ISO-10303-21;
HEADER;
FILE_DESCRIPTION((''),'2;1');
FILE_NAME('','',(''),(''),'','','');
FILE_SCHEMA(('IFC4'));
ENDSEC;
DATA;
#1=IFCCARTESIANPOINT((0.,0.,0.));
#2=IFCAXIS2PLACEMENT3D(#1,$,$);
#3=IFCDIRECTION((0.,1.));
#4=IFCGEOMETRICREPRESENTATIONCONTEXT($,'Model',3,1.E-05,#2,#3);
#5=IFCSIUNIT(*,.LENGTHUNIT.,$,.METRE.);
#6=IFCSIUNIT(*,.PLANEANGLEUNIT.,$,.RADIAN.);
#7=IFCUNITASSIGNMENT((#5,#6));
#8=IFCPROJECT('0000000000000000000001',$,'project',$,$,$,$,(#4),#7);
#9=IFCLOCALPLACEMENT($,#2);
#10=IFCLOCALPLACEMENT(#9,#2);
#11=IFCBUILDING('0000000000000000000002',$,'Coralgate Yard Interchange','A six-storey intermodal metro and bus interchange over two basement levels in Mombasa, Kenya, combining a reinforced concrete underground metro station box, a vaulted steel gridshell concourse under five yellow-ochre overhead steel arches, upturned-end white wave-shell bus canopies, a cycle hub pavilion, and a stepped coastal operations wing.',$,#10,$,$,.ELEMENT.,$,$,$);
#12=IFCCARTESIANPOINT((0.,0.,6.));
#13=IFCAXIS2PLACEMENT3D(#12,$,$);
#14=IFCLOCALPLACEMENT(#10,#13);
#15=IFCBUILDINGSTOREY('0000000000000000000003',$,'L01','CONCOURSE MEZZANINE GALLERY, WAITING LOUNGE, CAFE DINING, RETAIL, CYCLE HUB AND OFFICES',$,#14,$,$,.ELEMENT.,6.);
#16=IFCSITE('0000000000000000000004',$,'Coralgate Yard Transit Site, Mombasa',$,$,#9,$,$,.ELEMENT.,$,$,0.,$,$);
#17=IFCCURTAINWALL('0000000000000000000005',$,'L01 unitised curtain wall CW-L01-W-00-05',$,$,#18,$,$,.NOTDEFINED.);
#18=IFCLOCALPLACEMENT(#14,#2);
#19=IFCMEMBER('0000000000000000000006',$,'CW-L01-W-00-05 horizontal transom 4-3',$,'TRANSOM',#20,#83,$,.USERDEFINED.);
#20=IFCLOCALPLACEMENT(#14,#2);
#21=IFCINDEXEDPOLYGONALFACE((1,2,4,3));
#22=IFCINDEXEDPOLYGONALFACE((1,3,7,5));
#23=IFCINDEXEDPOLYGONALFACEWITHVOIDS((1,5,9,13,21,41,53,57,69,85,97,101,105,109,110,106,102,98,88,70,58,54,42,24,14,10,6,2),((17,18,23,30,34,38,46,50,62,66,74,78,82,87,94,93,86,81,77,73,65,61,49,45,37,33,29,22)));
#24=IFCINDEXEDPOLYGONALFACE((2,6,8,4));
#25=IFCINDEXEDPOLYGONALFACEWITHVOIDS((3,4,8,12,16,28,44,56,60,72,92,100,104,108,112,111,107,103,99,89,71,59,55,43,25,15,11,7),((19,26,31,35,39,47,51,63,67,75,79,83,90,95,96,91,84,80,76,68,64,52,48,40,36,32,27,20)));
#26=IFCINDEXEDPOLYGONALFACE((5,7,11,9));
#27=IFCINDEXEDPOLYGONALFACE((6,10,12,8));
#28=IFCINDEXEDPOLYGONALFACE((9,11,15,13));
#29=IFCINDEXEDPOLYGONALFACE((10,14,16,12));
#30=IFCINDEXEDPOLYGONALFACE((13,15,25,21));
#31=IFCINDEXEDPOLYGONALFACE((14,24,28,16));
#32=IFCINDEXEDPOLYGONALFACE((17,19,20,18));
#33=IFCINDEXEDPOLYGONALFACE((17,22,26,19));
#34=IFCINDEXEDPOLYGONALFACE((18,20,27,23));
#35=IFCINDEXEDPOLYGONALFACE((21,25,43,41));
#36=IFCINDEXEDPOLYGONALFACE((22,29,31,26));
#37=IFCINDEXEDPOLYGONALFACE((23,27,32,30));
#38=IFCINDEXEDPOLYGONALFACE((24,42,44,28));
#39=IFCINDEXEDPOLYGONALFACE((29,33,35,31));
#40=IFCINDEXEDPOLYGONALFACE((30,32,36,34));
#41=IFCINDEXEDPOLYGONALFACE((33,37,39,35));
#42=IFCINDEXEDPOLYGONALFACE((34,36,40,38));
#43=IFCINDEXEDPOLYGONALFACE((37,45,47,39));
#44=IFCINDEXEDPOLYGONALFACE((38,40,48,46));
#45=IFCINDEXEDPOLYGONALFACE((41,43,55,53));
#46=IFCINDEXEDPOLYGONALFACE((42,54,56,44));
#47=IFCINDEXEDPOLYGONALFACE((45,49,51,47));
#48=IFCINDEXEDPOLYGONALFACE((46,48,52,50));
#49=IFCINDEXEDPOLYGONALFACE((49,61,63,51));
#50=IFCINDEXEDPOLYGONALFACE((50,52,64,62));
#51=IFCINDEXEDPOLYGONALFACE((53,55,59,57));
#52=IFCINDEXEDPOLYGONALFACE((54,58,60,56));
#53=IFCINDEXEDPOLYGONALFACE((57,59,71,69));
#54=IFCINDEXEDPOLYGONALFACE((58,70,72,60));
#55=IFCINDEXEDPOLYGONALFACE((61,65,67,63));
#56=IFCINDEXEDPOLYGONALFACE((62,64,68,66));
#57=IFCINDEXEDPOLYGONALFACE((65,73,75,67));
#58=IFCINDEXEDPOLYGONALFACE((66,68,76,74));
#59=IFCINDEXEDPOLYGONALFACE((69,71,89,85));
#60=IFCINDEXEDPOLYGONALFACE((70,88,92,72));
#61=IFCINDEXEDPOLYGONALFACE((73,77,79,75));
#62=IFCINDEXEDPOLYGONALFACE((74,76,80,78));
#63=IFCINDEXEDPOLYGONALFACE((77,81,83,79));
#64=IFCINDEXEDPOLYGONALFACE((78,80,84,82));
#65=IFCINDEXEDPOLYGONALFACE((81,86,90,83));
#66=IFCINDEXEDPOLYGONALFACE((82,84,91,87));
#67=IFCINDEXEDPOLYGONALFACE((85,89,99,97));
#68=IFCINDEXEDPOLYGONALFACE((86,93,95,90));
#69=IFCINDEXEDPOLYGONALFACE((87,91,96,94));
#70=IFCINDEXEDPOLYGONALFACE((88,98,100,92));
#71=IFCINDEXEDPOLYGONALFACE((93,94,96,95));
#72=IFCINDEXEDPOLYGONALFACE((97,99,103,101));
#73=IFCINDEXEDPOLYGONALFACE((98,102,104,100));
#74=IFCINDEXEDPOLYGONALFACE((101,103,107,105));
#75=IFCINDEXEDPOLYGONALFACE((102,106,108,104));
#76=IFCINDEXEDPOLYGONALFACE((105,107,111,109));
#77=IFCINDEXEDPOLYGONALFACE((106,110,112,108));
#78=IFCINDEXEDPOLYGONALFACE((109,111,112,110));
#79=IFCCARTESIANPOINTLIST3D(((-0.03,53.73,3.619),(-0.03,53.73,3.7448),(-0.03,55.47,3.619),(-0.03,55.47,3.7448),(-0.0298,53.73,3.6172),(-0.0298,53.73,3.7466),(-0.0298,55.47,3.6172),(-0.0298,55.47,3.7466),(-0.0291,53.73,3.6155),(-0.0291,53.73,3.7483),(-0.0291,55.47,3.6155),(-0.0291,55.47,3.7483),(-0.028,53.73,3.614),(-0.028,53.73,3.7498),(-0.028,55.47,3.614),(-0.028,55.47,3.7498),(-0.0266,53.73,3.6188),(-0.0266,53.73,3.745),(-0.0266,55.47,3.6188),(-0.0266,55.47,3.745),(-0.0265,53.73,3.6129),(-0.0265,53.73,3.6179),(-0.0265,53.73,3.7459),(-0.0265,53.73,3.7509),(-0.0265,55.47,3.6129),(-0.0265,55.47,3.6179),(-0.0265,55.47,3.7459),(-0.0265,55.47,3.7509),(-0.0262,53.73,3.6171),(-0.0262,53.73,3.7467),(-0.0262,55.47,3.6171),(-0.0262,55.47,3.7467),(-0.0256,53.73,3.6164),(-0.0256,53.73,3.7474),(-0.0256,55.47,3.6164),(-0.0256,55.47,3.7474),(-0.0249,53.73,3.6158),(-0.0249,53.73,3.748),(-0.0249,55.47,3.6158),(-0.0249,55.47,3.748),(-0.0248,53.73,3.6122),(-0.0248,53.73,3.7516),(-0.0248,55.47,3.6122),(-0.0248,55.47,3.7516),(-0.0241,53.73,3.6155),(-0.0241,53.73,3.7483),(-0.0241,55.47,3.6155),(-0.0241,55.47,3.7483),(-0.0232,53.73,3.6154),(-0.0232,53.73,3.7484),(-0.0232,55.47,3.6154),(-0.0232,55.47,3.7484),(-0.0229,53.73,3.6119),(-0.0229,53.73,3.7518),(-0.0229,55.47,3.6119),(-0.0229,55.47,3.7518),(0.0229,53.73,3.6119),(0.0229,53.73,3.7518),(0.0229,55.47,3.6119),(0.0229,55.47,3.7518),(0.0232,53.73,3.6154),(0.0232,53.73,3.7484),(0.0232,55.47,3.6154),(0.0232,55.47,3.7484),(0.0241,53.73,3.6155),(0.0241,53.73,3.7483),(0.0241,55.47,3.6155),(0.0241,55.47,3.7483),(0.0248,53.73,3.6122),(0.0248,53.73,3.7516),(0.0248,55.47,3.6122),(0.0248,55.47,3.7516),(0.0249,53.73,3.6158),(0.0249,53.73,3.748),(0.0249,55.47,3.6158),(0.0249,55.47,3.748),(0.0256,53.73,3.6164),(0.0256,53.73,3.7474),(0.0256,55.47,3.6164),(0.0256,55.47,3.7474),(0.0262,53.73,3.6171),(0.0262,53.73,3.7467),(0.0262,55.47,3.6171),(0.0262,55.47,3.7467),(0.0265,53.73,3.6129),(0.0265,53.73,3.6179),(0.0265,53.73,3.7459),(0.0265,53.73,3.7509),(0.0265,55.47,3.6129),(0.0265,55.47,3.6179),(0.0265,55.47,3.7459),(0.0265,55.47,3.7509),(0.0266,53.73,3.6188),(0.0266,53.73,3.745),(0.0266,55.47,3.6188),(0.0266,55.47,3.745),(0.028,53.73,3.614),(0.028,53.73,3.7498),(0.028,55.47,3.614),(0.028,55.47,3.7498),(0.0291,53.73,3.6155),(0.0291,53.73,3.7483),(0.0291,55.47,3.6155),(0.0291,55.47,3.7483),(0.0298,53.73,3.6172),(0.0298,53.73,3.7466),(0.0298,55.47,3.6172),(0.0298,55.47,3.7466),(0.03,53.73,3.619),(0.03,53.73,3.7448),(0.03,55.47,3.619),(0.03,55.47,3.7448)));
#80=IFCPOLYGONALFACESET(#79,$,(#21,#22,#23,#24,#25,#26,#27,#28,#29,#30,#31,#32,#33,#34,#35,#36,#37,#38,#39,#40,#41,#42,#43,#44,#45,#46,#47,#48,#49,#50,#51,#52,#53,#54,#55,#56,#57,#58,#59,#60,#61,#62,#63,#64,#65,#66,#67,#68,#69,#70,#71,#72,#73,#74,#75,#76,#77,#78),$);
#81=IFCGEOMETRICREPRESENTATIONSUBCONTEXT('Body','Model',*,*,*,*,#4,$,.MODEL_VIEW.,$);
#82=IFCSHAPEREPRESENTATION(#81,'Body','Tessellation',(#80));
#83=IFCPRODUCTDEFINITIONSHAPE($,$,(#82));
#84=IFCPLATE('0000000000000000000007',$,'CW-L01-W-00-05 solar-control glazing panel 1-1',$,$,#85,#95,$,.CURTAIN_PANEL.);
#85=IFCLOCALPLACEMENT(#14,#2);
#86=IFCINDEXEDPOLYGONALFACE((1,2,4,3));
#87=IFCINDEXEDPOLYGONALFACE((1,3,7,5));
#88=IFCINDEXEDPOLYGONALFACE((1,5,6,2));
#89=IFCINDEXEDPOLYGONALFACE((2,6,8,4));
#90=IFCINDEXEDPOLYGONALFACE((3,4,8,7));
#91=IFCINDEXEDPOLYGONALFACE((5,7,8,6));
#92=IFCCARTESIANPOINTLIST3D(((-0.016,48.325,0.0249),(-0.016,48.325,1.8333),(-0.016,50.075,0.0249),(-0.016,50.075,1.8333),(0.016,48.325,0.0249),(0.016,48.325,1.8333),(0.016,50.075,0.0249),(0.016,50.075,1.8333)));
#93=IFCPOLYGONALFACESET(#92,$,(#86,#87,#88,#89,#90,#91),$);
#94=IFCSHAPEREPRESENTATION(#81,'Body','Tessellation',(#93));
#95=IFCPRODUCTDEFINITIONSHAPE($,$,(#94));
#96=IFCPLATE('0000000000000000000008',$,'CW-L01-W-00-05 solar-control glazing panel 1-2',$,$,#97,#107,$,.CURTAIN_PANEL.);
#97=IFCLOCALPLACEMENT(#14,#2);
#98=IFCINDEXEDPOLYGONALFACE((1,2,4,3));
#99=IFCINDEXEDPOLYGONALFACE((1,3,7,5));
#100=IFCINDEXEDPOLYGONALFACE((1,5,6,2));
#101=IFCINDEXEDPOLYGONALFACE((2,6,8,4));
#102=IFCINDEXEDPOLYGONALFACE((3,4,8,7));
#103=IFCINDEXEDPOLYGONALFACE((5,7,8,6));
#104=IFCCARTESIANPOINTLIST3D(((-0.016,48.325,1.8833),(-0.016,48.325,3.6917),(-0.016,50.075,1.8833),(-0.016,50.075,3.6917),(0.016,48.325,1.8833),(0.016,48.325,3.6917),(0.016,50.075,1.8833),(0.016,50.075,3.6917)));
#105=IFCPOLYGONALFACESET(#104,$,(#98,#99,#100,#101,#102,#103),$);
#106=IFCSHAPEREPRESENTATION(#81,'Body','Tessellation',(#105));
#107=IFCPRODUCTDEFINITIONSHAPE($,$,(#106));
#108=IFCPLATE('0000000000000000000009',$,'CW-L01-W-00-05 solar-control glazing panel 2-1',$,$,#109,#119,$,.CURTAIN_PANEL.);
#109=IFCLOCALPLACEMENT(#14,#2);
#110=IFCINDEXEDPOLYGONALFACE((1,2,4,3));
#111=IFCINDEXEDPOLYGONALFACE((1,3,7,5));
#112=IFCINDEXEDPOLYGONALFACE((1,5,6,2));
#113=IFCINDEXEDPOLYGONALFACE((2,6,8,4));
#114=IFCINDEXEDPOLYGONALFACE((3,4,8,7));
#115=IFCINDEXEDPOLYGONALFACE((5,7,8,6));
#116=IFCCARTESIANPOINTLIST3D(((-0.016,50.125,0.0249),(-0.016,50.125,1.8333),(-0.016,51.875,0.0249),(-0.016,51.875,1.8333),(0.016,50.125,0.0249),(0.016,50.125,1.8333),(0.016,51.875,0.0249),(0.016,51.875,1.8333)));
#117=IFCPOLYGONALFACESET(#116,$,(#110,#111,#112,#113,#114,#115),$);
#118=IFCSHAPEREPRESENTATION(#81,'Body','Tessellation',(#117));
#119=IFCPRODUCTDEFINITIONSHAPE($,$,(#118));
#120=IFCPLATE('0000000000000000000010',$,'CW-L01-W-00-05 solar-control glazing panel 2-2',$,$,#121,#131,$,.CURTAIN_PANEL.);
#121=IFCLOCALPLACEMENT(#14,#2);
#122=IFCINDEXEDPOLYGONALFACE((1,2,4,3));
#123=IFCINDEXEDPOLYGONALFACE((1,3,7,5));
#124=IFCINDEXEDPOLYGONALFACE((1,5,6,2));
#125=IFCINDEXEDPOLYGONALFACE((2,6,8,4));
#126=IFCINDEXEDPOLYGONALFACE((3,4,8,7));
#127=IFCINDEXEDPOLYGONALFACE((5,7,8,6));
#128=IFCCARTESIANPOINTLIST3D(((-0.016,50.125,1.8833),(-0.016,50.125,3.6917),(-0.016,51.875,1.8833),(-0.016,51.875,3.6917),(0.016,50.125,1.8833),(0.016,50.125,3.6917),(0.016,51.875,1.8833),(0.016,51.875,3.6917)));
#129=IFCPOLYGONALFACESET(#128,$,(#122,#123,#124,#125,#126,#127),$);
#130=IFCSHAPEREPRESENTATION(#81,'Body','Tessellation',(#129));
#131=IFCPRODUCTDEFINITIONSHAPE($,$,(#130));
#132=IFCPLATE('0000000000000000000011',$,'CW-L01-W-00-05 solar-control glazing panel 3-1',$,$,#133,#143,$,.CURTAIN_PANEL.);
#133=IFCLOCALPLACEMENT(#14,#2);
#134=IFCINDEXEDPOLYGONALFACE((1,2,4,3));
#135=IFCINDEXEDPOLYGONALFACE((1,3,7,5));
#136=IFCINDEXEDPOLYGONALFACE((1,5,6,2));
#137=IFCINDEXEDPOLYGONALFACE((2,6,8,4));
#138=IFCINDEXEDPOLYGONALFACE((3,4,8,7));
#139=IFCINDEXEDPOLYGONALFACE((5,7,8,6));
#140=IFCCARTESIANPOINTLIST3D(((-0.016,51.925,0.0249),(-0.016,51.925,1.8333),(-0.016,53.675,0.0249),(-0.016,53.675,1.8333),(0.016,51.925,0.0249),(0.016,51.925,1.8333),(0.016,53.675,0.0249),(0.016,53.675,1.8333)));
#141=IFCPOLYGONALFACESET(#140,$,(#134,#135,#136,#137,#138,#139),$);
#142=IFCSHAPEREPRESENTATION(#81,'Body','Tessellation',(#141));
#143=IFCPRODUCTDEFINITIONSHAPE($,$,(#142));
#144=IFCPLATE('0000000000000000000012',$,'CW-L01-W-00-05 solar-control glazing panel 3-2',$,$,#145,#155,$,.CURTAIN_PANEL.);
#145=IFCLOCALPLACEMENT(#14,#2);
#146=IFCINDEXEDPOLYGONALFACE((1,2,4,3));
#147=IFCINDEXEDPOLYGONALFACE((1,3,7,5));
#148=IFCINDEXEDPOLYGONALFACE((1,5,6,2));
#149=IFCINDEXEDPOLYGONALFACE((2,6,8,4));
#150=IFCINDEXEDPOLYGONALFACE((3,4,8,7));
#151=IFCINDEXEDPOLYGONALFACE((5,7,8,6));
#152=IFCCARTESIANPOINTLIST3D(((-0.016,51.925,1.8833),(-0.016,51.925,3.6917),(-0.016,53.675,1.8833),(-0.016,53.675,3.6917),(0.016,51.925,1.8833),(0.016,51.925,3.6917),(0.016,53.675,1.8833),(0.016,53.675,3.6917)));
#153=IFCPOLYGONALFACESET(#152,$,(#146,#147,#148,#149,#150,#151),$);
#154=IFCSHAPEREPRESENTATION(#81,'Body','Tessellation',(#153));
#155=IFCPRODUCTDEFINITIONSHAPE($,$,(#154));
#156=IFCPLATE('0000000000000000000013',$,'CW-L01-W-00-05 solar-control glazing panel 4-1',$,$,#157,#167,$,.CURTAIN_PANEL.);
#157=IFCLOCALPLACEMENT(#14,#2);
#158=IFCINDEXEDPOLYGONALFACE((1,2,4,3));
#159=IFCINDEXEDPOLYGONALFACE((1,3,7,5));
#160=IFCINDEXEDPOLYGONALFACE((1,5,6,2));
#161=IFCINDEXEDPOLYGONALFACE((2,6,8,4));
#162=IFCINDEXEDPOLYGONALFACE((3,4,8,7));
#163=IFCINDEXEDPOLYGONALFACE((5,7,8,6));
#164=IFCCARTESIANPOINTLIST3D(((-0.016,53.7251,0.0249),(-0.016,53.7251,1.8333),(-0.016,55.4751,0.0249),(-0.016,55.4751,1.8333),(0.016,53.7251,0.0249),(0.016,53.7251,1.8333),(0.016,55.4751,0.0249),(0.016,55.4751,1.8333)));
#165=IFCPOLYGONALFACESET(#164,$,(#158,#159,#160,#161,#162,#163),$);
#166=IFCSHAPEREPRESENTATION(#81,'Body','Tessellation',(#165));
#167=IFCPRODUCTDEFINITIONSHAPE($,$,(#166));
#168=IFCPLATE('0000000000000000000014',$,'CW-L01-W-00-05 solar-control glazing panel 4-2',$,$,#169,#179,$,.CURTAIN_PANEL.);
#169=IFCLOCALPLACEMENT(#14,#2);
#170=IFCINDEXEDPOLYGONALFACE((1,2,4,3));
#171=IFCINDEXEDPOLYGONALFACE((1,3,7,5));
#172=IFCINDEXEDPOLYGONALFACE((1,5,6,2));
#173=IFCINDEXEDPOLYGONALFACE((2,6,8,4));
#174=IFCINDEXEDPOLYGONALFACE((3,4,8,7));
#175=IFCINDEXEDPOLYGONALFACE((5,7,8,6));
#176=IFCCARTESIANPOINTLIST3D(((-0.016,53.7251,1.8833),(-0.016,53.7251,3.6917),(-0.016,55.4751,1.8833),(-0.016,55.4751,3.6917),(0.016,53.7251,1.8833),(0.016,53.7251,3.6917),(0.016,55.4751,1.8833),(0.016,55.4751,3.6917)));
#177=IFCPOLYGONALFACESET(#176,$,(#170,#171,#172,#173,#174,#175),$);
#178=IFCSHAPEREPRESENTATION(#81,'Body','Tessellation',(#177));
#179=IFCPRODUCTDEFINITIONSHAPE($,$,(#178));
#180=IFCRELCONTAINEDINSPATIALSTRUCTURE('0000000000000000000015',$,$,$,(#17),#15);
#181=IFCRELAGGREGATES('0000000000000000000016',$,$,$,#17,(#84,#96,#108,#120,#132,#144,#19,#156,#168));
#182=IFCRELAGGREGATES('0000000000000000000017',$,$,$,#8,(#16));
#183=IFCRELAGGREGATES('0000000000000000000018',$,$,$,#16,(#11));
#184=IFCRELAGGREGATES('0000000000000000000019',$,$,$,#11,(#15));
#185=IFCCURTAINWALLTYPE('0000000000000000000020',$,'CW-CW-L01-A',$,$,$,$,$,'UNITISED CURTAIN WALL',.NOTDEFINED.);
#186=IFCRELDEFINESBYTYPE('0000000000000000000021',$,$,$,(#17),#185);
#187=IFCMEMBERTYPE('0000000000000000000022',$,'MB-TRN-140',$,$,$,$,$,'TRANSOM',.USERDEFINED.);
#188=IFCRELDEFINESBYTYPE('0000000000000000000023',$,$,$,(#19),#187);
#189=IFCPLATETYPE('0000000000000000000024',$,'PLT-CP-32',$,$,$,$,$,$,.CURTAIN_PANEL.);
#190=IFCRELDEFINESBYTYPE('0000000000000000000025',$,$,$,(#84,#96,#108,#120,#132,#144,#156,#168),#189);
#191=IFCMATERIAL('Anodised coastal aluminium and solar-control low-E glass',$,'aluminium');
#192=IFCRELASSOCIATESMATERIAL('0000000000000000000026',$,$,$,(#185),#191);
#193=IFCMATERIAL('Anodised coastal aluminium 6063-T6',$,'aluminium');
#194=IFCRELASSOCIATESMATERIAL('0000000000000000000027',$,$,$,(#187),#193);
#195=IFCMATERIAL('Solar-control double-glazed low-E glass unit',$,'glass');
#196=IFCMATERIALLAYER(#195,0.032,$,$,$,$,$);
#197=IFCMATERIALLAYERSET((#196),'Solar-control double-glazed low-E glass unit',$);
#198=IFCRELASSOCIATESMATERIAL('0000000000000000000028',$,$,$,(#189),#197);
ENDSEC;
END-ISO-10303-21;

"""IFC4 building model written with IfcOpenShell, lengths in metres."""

from ifc_helpers import new_model, si_unit, direction, frame, origin, origin_2d, place, context, subcontext, project, spatial, rectangle, hollow_rectangle, extrude, material, layer, layer_set, material_profile, profile_set, type_object, element, aggregate, save


model = new_model("IFC4")

# Units and contexts
model_context = context("Model", 3, precision=1e-05, world=origin(), true_north=direction((0.0, 1.0)))
body_context = subcontext(model_context, "Body", "Model", "MODEL_VIEW")
ifc_project = project(units=[si_unit("LENGTHUNIT", "METRE"), si_unit("PLANEANGLEUNIT", "RADIAN")], contexts=[model_context])

# Site, building, storey
site_placement = place(None, origin())
site = spatial("IfcSite", under=ifc_project, at=site_placement, Name="Coralgate Yard Transit Site, Mombasa", CompositionType="ELEMENT", RefElevation=0.0)
building_placement = place(site_placement, origin())
building = spatial("IfcBuilding", under=site, at=building_placement, Name="Coralgate Yard Interchange", Description="A six-storey intermodal metro and bus interchange over two basement levels in Mombasa, Kenya, combining a reinforced concrete underground metro station box, a vaulted steel gridshell concourse under five yellow-ochre overhead steel arches, upturned-end white wave-shell bus canopies, a cycle hub pavilion, and a stepped coastal operations wing.", CompositionType="ELEMENT")
storey_placement = place(building_placement, frame((0.0, 0.0, 6.0)))
storey = spatial("IfcBuildingStorey", under=building, at=storey_placement, Name="L01", Description="CONCOURSE MEZZANINE GALLERY, WAITING LOUNGE, CAFE DINING, RETAIL, CYCLE HUB AND OFFICES", CompositionType="ELEMENT", Elevation=6.0)

# Curtain wall, member, plates
ifc_material_1 = material(Name="Anodised coastal aluminium and solar-control low-E glass", Category="aluminium")
curtain_wall_type = type_object("IfcCurtainWallType", Name="CW-CW-L01-A", ElementType="UNITISED CURTAIN WALL", PredefinedType="NOTDEFINED", material=ifc_material_1)
curtain_wall_placement = place(storey_placement, origin())
curtain_wall = element("IfcCurtainWall", 1, at=curtain_wall_placement, inside=storey, type_object=curtain_wall_type, Name="L01 unitised curtain wall CW-L01-W-00-05", PredefinedType="NOTDEFINED")
ifc_material_2 = material(Name="Anodised coastal aluminium 6063-T6", Category="aluminium")
ifc_material_profile_1 = material_profile(ifc_material_2, hollow_rectangle(XDim=0.0601, YDim=0.1399, WallThickness=0.0034, InnerFilletRadius=0.0034, OuterFilletRadius=0.0071, at=origin_2d()), Name="ALU 60x140x3.5")
ifc_profile_set_1 = profile_set([ifc_material_profile_1], Name="Anodised coastal aluminium 6063-T6")
member_type_1 = type_object("IfcMemberType", Name="MB-TRN-140", ElementType="TRANSOM", PredefinedType="USERDEFINED", material=ifc_profile_set_1)
member_1_placement = place(storey_placement, frame((0.0, 53.73, 3.6819), z_axis=(0.0, 1.0, 0.0), x_axis=(-1.0, 0.0, 0.0)))
member_1 = element("IfcMember", 2, at=member_1_placement, type_object=member_type_1, Name="CW-L01-W-00-05 horizontal transom 4-3", ObjectType="TRANSOM", PredefinedType="USERDEFINED", context=body_context, shape_type="SweptSolid", body=[
    extrude(hollow_rectangle(XDim=0.0601, YDim=0.1399, WallThickness=0.0034, InnerFilletRadius=0.0034, OuterFilletRadius=0.0071, at=origin_2d()), origin(), (0.0, 0.0, 1.0), 1.74),
])
ifc_material_3 = material(Name="Solar-control double-glazed low-E glass unit", Category="glass")
ifc_layer = layer(ifc_material_3, 0.032)
ifc_layer_set = layer_set([ifc_layer], Name="Solar-control double-glazed low-E glass unit")
plate_type = type_object("IfcPlateType", Name="PLT-CP-32", PredefinedType="CURTAIN_PANEL", material=ifc_layer_set)
plate_1_placement = place(storey_placement, frame((0.0, 49.2, 0.0249), z_axis=(0.0, 0.0, 1.0), x_axis=(0.0, 1.0, 0.0)))
plate_1 = element("IfcPlate", 3, at=plate_1_placement, type_object=plate_type, Name="CW-L01-W-00-05 solar-control glazing panel 1-1", PredefinedType="CURTAIN_PANEL", context=body_context, shape_type="SweptSolid", body=[
    extrude(rectangle(XDim=1.75, YDim=0.032, at=origin_2d()), origin(), (0.0, 0.0, 1.0), 1.8083),
])
plate_2_placement = place(storey_placement, frame((0.0, 49.2, 1.8833), z_axis=(0.0, 0.0, 1.0), x_axis=(0.0, 1.0, 0.0)))
plate_2 = element("IfcPlate", 4, at=plate_2_placement, type_object=plate_type, Name="CW-L01-W-00-05 solar-control glazing panel 1-2", PredefinedType="CURTAIN_PANEL", context=body_context, shape_type="SweptSolid", body=[
    extrude(rectangle(XDim=1.75, YDim=0.032, at=origin_2d()), origin(), (0.0, 0.0, 1.0), 1.8083),
])
plate_3_placement = place(storey_placement, frame((0.0, 51.0, 0.0249), z_axis=(0.0, 0.0, 1.0), x_axis=(0.0, 1.0, 0.0)))
plate_3 = element("IfcPlate", 5, at=plate_3_placement, type_object=plate_type, Name="CW-L01-W-00-05 solar-control glazing panel 2-1", PredefinedType="CURTAIN_PANEL", context=body_context, shape_type="SweptSolid", body=[
    extrude(rectangle(XDim=1.75, YDim=0.032, at=origin_2d()), origin(), (0.0, 0.0, 1.0), 1.8083),
])
plate_4_placement = place(storey_placement, frame((0.0, 51.0, 1.8833), z_axis=(0.0, 0.0, 1.0), x_axis=(0.0, 1.0, 0.0)))
plate_4 = element("IfcPlate", 6, at=plate_4_placement, type_object=plate_type, Name="CW-L01-W-00-05 solar-control glazing panel 2-2", PredefinedType="CURTAIN_PANEL", context=body_context, shape_type="SweptSolid", body=[
    extrude(rectangle(XDim=1.75, YDim=0.032, at=origin_2d()), origin(), (0.0, 0.0, 1.0), 1.8083),
])
plate_5_placement = place(storey_placement, frame((0.0, 52.8, 0.0249), z_axis=(0.0, 0.0, 1.0), x_axis=(0.0, 1.0, 0.0)))
plate_5 = element("IfcPlate", 7, at=plate_5_placement, type_object=plate_type, Name="CW-L01-W-00-05 solar-control glazing panel 3-1", PredefinedType="CURTAIN_PANEL", context=body_context, shape_type="SweptSolid", body=[
    extrude(rectangle(XDim=1.75, YDim=0.032, at=origin_2d()), origin(), (0.0, 0.0, 1.0), 1.8083),
])
plate_6_placement = place(storey_placement, frame((0.0, 52.8, 1.8833), z_axis=(0.0, 0.0, 1.0), x_axis=(0.0, 1.0, 0.0)))
plate_6 = element("IfcPlate", 8, at=plate_6_placement, type_object=plate_type, Name="CW-L01-W-00-05 solar-control glazing panel 3-2", PredefinedType="CURTAIN_PANEL", context=body_context, shape_type="SweptSolid", body=[
    extrude(rectangle(XDim=1.75, YDim=0.032, at=origin_2d()), origin(), (0.0, 0.0, 1.0), 1.8083),
])
plate_7_placement = place(storey_placement, frame((0.0, 54.6001, 0.0249), z_axis=(0.0, 0.0, 1.0), x_axis=(0.0, 1.0, 0.0)))
plate_7 = element("IfcPlate", 9, at=plate_7_placement, type_object=plate_type, Name="CW-L01-W-00-05 solar-control glazing panel 4-1", PredefinedType="CURTAIN_PANEL", context=body_context, shape_type="SweptSolid", body=[
    extrude(rectangle(XDim=1.75, YDim=0.032, at=origin_2d()), origin(), (0.0, 0.0, 1.0), 1.8083),
])
plate_8_placement = place(storey_placement, frame((0.0, 54.6001, 1.8833), z_axis=(0.0, 0.0, 1.0), x_axis=(0.0, 1.0, 0.0)))
plate_8 = element("IfcPlate", 10, at=plate_8_placement, type_object=plate_type, Name="CW-L01-W-00-05 solar-control glazing panel 4-2", PredefinedType="CURTAIN_PANEL", context=body_context, shape_type="SweptSolid", body=[
    extrude(rectangle(XDim=1.75, YDim=0.032, at=origin_2d()), origin(), (0.0, 0.0, 1.0), 1.8083),
])
aggregate(curtain_wall, [plate_1, plate_2, plate_3, plate_4, plate_5, plate_6, member_1, plate_7, plate_8])

save(model, "model.ifc")
